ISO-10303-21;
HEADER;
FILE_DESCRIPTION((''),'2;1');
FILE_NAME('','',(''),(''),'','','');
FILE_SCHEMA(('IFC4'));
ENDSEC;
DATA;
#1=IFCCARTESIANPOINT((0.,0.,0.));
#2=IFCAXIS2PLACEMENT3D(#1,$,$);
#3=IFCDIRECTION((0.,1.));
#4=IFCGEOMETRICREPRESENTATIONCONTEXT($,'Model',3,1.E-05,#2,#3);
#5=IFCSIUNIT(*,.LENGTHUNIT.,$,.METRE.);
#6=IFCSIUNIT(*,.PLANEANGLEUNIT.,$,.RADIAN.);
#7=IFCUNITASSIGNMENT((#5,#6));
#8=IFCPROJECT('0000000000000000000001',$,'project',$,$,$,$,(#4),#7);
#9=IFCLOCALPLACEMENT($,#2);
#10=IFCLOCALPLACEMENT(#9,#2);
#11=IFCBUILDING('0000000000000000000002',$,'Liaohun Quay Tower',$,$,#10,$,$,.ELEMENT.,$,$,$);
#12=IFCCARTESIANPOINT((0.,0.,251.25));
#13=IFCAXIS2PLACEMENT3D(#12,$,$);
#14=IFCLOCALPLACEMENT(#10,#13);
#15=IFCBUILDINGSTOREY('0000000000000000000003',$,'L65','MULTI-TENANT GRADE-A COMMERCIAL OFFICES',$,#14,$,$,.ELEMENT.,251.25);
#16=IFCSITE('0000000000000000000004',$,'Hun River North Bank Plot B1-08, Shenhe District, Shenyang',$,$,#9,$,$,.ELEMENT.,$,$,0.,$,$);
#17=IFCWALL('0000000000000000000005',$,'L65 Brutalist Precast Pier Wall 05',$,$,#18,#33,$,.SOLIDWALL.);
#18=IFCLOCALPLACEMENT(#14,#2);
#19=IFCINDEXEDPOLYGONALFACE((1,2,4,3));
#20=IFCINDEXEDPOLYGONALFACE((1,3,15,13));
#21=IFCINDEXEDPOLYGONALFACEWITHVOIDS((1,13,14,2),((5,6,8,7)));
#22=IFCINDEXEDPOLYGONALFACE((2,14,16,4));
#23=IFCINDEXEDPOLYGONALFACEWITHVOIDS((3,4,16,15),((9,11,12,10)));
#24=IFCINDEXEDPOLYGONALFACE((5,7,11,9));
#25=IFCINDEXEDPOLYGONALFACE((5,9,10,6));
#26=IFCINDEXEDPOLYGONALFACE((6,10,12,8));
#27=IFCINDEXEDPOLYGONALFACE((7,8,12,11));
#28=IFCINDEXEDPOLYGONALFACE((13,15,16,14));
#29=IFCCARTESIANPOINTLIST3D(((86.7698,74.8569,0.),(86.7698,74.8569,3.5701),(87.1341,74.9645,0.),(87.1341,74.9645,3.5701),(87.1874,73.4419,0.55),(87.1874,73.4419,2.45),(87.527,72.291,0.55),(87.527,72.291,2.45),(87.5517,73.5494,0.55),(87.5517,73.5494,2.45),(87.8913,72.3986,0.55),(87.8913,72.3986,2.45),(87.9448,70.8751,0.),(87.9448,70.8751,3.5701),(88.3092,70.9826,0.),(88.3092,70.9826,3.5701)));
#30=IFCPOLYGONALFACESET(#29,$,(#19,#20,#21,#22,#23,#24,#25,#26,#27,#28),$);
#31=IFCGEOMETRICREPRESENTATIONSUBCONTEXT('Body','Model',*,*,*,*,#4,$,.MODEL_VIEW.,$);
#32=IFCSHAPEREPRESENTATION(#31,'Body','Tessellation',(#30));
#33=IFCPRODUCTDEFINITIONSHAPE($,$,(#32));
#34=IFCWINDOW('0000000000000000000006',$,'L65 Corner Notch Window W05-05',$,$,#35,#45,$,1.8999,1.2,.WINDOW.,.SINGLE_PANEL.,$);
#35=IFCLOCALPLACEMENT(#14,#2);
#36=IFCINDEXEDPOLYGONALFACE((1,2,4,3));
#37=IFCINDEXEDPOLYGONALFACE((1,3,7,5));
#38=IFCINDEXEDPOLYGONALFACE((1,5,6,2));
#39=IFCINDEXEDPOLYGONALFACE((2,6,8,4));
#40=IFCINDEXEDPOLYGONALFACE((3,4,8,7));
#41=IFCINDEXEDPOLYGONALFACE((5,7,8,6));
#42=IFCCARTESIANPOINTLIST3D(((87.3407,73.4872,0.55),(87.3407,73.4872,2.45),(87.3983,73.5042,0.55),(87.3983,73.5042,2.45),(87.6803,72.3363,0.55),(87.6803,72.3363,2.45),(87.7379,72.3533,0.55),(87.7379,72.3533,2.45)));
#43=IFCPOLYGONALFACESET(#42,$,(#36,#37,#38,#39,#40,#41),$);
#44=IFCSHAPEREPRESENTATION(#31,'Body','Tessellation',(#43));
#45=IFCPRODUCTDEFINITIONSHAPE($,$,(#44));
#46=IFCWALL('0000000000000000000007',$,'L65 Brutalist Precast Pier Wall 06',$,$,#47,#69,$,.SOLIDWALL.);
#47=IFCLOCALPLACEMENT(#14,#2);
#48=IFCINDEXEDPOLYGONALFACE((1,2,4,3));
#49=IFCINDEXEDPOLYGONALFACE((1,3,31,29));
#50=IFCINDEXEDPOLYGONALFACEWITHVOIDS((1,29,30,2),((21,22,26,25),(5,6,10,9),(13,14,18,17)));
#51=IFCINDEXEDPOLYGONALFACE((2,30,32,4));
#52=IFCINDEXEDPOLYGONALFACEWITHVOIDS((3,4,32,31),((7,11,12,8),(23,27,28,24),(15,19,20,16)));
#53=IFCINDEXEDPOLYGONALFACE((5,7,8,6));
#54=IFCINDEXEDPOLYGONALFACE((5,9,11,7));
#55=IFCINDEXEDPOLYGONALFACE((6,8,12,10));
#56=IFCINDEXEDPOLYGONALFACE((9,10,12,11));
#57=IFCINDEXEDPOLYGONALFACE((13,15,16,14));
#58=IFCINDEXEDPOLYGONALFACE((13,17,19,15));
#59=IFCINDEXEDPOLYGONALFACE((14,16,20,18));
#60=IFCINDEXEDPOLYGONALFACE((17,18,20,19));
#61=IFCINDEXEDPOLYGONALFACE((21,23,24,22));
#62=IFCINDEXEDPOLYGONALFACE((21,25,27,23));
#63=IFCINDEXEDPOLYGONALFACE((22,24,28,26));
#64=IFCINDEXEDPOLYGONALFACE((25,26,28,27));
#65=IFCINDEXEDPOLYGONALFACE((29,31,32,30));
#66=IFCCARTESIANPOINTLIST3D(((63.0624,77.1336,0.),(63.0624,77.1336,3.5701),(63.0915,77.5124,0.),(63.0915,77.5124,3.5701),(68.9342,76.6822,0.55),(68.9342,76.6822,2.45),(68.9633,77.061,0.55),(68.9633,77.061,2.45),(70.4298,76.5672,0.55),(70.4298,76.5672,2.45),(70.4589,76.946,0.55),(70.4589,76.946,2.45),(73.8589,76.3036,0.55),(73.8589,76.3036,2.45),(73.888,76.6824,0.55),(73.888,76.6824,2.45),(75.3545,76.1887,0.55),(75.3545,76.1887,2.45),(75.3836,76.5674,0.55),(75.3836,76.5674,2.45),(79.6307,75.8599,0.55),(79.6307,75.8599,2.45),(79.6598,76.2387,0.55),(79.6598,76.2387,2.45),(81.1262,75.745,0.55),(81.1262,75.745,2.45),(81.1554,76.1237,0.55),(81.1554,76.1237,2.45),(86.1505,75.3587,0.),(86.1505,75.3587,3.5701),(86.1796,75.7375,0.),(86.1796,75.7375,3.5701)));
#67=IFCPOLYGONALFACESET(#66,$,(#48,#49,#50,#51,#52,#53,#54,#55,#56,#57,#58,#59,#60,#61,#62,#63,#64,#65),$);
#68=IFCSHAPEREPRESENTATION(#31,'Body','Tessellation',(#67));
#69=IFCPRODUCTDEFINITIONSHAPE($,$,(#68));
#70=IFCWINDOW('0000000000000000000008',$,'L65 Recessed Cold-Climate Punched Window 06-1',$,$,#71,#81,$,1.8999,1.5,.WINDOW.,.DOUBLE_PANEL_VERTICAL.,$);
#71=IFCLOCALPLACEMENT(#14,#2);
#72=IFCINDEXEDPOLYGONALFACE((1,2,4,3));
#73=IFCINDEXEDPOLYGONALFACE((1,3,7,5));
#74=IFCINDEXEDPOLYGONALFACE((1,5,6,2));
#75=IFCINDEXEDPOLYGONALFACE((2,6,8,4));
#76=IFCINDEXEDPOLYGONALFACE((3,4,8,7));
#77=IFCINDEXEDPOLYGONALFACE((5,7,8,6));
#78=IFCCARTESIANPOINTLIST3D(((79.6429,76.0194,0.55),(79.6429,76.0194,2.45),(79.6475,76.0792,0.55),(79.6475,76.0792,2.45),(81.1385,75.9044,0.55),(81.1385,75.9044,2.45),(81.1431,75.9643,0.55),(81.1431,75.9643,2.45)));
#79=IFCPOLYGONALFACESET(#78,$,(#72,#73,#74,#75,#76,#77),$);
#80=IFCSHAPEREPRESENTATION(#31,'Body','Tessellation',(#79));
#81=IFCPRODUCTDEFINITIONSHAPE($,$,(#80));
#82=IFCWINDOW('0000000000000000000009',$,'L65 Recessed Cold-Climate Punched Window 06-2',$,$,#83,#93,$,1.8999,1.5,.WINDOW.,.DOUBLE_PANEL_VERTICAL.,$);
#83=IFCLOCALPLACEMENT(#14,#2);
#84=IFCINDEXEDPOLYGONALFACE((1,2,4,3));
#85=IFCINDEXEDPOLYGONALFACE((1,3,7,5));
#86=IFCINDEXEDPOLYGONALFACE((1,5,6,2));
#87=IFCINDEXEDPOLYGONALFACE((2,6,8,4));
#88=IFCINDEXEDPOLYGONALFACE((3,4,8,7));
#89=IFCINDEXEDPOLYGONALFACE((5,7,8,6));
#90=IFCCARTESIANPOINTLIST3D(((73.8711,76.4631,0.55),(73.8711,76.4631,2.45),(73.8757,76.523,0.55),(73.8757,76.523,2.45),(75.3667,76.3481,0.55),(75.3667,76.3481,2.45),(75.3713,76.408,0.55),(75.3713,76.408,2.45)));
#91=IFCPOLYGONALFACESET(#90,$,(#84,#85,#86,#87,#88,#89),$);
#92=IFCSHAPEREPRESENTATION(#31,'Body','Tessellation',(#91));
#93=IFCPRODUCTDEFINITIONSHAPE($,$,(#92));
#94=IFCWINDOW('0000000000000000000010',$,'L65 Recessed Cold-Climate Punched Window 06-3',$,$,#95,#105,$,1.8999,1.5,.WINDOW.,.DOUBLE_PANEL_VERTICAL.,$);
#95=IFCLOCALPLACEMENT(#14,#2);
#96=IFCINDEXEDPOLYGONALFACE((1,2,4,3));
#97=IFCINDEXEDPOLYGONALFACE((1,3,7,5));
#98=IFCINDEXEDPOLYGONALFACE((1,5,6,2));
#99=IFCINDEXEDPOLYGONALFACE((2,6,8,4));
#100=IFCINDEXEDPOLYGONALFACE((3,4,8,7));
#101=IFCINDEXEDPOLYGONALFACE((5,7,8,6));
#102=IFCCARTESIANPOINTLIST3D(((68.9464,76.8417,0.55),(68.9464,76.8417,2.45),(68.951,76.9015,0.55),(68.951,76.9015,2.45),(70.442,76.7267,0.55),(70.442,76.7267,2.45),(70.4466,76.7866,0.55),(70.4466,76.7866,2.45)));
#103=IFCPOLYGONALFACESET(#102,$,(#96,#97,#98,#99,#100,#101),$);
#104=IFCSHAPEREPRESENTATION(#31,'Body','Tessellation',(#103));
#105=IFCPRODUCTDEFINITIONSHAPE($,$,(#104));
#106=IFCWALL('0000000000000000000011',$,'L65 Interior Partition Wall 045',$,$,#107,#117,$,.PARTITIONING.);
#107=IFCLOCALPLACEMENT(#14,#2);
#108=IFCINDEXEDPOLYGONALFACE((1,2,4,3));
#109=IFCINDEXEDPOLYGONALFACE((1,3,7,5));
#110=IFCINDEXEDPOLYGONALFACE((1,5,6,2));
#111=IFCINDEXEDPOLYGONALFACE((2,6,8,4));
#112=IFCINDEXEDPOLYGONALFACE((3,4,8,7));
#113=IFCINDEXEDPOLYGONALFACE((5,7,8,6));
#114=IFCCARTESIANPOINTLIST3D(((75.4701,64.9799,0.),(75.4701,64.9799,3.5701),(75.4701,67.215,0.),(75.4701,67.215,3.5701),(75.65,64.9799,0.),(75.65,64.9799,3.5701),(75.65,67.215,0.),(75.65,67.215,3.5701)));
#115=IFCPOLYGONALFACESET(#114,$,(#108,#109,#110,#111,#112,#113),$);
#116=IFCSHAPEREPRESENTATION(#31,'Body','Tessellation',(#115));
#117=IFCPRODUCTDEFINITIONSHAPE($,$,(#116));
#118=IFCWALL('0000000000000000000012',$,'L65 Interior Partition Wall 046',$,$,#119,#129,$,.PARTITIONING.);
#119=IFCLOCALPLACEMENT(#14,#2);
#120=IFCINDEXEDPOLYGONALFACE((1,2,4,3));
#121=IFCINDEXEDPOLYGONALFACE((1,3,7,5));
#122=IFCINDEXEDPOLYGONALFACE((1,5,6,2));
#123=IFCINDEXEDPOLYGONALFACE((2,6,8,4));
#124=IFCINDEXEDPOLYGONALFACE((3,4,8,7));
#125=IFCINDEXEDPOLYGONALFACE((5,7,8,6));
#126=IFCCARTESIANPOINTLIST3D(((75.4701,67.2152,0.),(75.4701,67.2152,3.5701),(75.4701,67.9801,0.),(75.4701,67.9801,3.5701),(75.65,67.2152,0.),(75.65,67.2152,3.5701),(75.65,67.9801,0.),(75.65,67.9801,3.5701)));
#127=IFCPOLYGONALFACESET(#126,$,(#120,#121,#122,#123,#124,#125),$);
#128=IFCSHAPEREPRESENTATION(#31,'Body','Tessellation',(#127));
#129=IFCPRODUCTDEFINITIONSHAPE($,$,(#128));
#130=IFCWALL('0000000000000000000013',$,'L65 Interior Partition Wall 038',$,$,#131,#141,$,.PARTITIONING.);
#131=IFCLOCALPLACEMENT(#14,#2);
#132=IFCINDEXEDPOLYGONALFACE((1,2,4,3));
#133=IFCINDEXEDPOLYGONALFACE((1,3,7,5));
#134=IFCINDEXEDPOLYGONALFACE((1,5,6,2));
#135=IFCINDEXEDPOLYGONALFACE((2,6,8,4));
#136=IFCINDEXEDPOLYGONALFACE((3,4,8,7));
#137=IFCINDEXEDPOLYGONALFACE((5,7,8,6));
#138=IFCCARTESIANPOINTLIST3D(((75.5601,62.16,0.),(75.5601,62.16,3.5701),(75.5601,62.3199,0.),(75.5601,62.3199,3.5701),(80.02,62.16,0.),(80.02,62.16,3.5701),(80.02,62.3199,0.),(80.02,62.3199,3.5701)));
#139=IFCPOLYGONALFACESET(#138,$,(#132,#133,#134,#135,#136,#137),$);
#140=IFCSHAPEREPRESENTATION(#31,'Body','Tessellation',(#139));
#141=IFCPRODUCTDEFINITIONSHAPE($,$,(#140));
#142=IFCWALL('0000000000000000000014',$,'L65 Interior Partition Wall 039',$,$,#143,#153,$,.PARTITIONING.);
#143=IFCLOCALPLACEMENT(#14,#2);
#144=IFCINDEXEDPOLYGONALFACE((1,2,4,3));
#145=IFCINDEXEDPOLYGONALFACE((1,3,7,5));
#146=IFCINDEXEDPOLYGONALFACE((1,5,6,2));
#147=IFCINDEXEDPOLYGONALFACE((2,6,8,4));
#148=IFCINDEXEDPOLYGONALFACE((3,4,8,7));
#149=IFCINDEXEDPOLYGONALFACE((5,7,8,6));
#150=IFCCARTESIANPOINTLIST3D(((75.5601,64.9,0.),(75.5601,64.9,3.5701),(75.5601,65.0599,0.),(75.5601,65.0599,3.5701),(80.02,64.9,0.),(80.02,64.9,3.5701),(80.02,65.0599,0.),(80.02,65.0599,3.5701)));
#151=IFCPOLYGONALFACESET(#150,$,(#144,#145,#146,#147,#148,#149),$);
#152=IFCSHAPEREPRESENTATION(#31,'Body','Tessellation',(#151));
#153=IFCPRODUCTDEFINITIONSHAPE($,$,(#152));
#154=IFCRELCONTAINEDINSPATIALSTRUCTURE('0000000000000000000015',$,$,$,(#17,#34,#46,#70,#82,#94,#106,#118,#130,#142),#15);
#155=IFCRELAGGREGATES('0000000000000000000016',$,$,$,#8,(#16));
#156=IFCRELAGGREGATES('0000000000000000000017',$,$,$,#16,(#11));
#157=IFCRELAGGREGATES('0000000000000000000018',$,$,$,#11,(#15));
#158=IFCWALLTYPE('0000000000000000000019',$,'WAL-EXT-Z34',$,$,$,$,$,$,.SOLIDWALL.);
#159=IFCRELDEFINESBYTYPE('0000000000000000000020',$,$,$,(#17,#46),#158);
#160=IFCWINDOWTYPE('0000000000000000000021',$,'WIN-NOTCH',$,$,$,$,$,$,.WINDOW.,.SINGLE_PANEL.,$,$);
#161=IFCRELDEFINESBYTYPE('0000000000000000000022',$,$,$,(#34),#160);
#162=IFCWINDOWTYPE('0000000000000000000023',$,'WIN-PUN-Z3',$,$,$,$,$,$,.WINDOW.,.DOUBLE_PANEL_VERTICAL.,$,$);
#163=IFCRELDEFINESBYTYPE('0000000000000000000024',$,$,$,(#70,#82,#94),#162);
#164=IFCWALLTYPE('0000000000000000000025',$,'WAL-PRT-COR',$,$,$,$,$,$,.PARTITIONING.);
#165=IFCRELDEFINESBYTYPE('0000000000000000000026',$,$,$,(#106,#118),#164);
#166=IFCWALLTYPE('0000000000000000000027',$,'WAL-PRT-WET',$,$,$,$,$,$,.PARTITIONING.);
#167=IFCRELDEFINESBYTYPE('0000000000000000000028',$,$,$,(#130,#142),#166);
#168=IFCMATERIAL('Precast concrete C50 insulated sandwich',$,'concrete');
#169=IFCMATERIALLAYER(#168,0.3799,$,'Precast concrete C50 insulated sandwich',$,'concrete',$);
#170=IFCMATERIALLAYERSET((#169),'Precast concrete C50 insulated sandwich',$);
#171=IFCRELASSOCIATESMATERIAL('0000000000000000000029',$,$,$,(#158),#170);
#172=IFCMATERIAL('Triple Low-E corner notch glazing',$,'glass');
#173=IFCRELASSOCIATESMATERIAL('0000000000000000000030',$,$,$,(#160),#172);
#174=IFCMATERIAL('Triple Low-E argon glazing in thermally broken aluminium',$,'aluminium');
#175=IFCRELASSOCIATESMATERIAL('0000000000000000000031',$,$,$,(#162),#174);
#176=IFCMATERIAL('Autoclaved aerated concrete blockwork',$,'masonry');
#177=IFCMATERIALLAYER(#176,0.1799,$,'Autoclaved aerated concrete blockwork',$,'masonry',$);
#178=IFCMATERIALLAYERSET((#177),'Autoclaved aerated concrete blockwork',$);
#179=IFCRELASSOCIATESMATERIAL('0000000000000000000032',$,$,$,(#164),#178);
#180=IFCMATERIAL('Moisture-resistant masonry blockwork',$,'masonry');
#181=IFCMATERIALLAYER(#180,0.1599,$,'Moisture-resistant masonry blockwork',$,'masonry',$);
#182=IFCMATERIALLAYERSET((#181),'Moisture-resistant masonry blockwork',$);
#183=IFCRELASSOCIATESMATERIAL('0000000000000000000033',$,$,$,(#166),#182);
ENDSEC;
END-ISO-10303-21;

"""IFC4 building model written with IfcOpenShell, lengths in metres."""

from ifc_helpers import new_model, si_unit, direction, frame, frame_2d, origin, place, context, subcontext, project, spatial, rectangle, extrude, source, transform, mapped, material, layer, layer_set, type_object, element, fill, save


model = new_model("IFC4")

# Units and contexts
model_context = context("Model", 3, precision=1e-05, world=origin(), true_north=direction((0.0, 1.0)))
body_context = subcontext(model_context, "Body", "Model", "MODEL_VIEW")
ifc_project = project(units=[si_unit("LENGTHUNIT", "METRE"), si_unit("PLANEANGLEUNIT", "RADIAN")], contexts=[model_context])

# Site, building, storey
site_placement = place(None, origin())
site = spatial("IfcSite", under=ifc_project, at=site_placement, Name="Hun River North Bank Plot B1-08, Shenhe District, Shenyang", CompositionType="ELEMENT", RefElevation=0.0)
building_placement = place(site_placement, origin())
building = spatial("IfcBuilding", under=site, at=building_placement, Name="Liaohun Quay Tower", CompositionType="ELEMENT")
storey_placement = place(building_placement, frame((0.0, 0.0, 251.25)))
storey = spatial("IfcBuildingStorey", under=building, at=storey_placement, Name="L65", Description="MULTI-TENANT GRADE-A COMMERCIAL OFFICES", CompositionType="ELEMENT", Elevation=251.25)

# Wall, opening, window
ifc_material_1 = material(Name="Precast concrete C50 insulated sandwich", Category="concrete")
ifc_layer_1 = layer(ifc_material_1, 0.3799, Name="Precast concrete C50 insulated sandwich", Category="concrete")
ifc_layer_set_1 = layer_set([ifc_layer_1], Name="Precast concrete C50 insulated sandwich")
wall_type_1 = type_object("IfcWallType", Name="WAL-EXT-Z34", PredefinedType="SOLIDWALL", material=ifc_layer_set_1)
shared_shape_1 = source(origin(), body_context, "Body", "SweptSolid", [
    extrude(rectangle(XDim=1.2, YDim=1.8999, at=frame_2d((0.6001, 0.95))), frame((0.0, 0.2, 0.0), z_axis=(0.0, -1.0, 0.0), x_axis=(1.0, 0.0, 0.0)), (0.0, 0.0, 1.0), 0.3999),
])
ifc_material_2 = material(Name="Triple Low-E corner notch glazing", Category="glass")
window_type_1 = type_object("IfcWindowType", Name="WIN-NOTCH", PartitioningType="SINGLE_PANEL", PredefinedType="WINDOW", material=ifc_material_2)
shared_shape_2 = source(origin(), body_context, "Body", "SweptSolid", [
    extrude(rectangle(XDim=1.2, YDim=1.8999, at=frame_2d((0.6001, 0.95))), frame((0.0, 0.03, 0.0), z_axis=(0.0, -1.0, 0.0), x_axis=(1.0, 0.0, 0.0)), (0.0, 0.0, 1.0), 0.0601),
])
wall_1_placement = place(storey_placement, frame((88.127, 70.929, 0.0), z_axis=(0.0, 0.0, 1.0), x_axis=(-0.283029, 0.959111, 0.0)))
wall_1 = element("IfcWall", 1, at=wall_1_placement, inside=storey, type_object=wall_type_1, Name="L65 Brutalist Precast Pier Wall 05", PredefinedType="SOLIDWALL", context=body_context, shape_type="SweptSolid", body=[
    extrude(rectangle(XDim=4.1516, YDim=0.3799, at=frame_2d((2.0757, 0.0))), origin(), (0.0, 0.0, 1.0), 3.5701),
])
opening_1_placement = place(wall_1_placement, frame((1.4761, 0.0, 0.55)))
opening_1 = element("IfcOpeningElement", 2, at=opening_1_placement, cuts=wall_1, PredefinedType="OPENING", context=body_context, shape_type="MappedRepresentation", body=[
    mapped(shared_shape_1, transform((0.0, 0.0, 0.0), x_axis=(1.0, 0.0, 0.0), y_axis=(0.0, 1.0, 0.0), z_axis=(0.0, 0.0, 1.0), scale=1.0)),
])
window_1_placement = place(opening_1_placement, origin())
window_1 = element("IfcWindow", 3, at=window_1_placement, inside=storey, type_object=window_type_1, Name="L65 Corner Notch Window W05-05", OverallHeight=1.8999, OverallWidth=1.2, PartitioningType="SINGLE_PANEL", PredefinedType="WINDOW", context=body_context, shape_type="MappedRepresentation", body=[
    mapped(shared_shape_2, transform((0.0, 0.0, 0.0), x_axis=(1.0, 0.0, 0.0), y_axis=(0.0, 1.0, 0.0), z_axis=(0.0, 0.0, 1.0), scale=1.0)),
])
fill(opening_1, window_1)

# Wall, openings, windows
wall_2_placement = place(storey_placement, frame((86.165, 75.5481, 0.0), z_axis=(0.0, 0.0, 1.0), x_axis=(-0.997058, 0.076649, 0.0)))
wall_2 = element("IfcWall", 4, at=wall_2_placement, inside=storey, type_object=wall_type_1, Name="L65 Brutalist Precast Pier Wall 06", PredefinedType="SOLIDWALL", context=body_context, shape_type="SweptSolid", body=[
    extrude(rectangle(XDim=23.1562, YDim=0.3799, at=frame_2d((11.5781, 0.0))), origin(), (0.0, 0.0, 1.0), 3.5701),
])
shared_shape_3 = source(origin(), body_context, "Body", "SweptSolid", [
    extrude(rectangle(XDim=1.5, YDim=1.8999, at=frame_2d((0.75, 0.95))), frame((0.0, 0.2, 0.0), z_axis=(0.0, -1.0, 0.0), x_axis=(1.0, 0.0, 0.0)), (0.0, 0.0, 1.0), 0.3999),
])
opening_2_placement = place(wall_2_placement, frame((5.0391, 0.0, 0.55)))
opening_2 = element("IfcOpeningElement", 5, at=opening_2_placement, cuts=wall_2, PredefinedType="OPENING", context=body_context, shape_type="MappedRepresentation", body=[
    mapped(shared_shape_3, transform((0.0, 0.0, 0.0), x_axis=(1.0, 0.0, 0.0), y_axis=(0.0, 1.0, 0.0), z_axis=(0.0, 0.0, 1.0), scale=1.0)),
])
opening_3_placement = place(wall_2_placement, frame((10.8279, 0.0, 0.55)))
opening_3 = element("IfcOpeningElement", 6, at=opening_3_placement, cuts=wall_2, PredefinedType="OPENING", context=body_context, shape_type="MappedRepresentation", body=[
    mapped(shared_shape_3, transform((0.0, 0.0, 0.0), x_axis=(1.0, 0.0, 0.0), y_axis=(0.0, 1.0, 0.0), z_axis=(0.0, 0.0, 1.0), scale=1.0)),
])
opening_4_placement = place(wall_2_placement, frame((15.7671, 0.0, 0.55)))
opening_4 = element("IfcOpeningElement", 7, at=opening_4_placement, cuts=wall_2, PredefinedType="OPENING", context=body_context, shape_type="MappedRepresentation", body=[
    mapped(shared_shape_3, transform((0.0, 0.0, 0.0), x_axis=(1.0, 0.0, 0.0), y_axis=(0.0, 1.0, 0.0), z_axis=(0.0, 0.0, 1.0), scale=1.0)),
])
ifc_material_3 = material(Name="Triple Low-E argon glazing in thermally broken aluminium", Category="aluminium")
window_type_2 = type_object("IfcWindowType", Name="WIN-PUN-Z3", PartitioningType="DOUBLE_PANEL_VERTICAL", PredefinedType="WINDOW", material=ifc_material_3)
shared_shape_4 = source(origin(), body_context, "Body", "SweptSolid", [
    extrude(rectangle(XDim=1.5, YDim=1.8999, at=frame_2d((0.75, 0.95))), frame((0.0, 0.03, 0.0), z_axis=(0.0, -1.0, 0.0), x_axis=(1.0, 0.0, 0.0)), (0.0, 0.0, 1.0), 0.0601),
])
window_2_placement = place(opening_2_placement, origin())
window_2 = element("IfcWindow", 8, at=window_2_placement, inside=storey, type_object=window_type_2, Name="L65 Recessed Cold-Climate Punched Window 06-1", OverallHeight=1.8999, OverallWidth=1.5, PartitioningType="DOUBLE_PANEL_VERTICAL", PredefinedType="WINDOW", context=body_context, shape_type="MappedRepresentation", body=[
    mapped(shared_shape_4, transform((0.0, 0.0, 0.0), x_axis=(1.0, 0.0, 0.0), y_axis=(0.0, 1.0, 0.0), z_axis=(0.0, 0.0, 1.0), scale=1.0)),
])
fill(opening_2, window_2)
window_3_placement = place(opening_3_placement, origin())
window_3 = element("IfcWindow", 9, at=window_3_placement, inside=storey, type_object=window_type_2, Name="L65 Recessed Cold-Climate Punched Window 06-2", OverallHeight=1.8999, OverallWidth=1.5, PartitioningType="DOUBLE_PANEL_VERTICAL", PredefinedType="WINDOW", context=body_context, shape_type="MappedRepresentation", body=[
    mapped(shared_shape_4, transform((0.0, 0.0, 0.0), x_axis=(1.0, 0.0, 0.0), y_axis=(0.0, 1.0, 0.0), z_axis=(0.0, 0.0, 1.0), scale=1.0)),
])
fill(opening_3, window_3)
window_4_placement = place(opening_4_placement, origin())
window_4 = element("IfcWindow", 10, at=window_4_placement, inside=storey, type_object=window_type_2, Name="L65 Recessed Cold-Climate Punched Window 06-3", OverallHeight=1.8999, OverallWidth=1.5, PartitioningType="DOUBLE_PANEL_VERTICAL", PredefinedType="WINDOW", context=body_context, shape_type="MappedRepresentation", body=[
    mapped(shared_shape_4, transform((0.0, 0.0, 0.0), x_axis=(1.0, 0.0, 0.0), y_axis=(0.0, 1.0, 0.0), z_axis=(0.0, 0.0, 1.0), scale=1.0)),
])
fill(opening_4, window_4)

# Walls
ifc_material_4 = material(Name="Autoclaved aerated concrete blockwork", Category="masonry")
ifc_layer_2 = layer(ifc_material_4, 0.1799, Name="Autoclaved aerated concrete blockwork", Category="masonry")
ifc_layer_set_2 = layer_set([ifc_layer_2], Name="Autoclaved aerated concrete blockwork")
wall_type_2 = type_object("IfcWallType", Name="WAL-PRT-COR", PredefinedType="PARTITIONING", material=ifc_layer_set_2)
wall_3_placement = place(storey_placement, frame((75.5601, 67.2151, 0.0), z_axis=(0.0, 0.0, 1.0), x_axis=(0.0, -1.0, 0.0)))
element("IfcWall", 11, at=wall_3_placement, inside=storey, type_object=wall_type_2, Name="L65 Interior Partition Wall 045", PredefinedType="PARTITIONING", context=body_context, shape_type="SweptSolid", body=[
    extrude(rectangle(XDim=2.2351, YDim=0.1799, at=frame_2d((1.1177, 0.0))), origin(), (0.0, 0.0, 1.0), 3.5701),
])
wall_4_placement = place(storey_placement, frame((75.5601, 67.98, 0.0), z_axis=(0.0, 0.0, 1.0), x_axis=(0.0, -1.0, 0.0)))
element("IfcWall", 12, at=wall_4_placement, inside=storey, type_object=wall_type_2, Name="L65 Interior Partition Wall 046", PredefinedType="PARTITIONING", context=body_context, shape_type="SweptSolid", body=[
    extrude(rectangle(XDim=0.7649, YDim=0.1799, at=frame_2d((0.3823, 0.0))), origin(), (0.0, 0.0, 1.0), 3.5701),
])
ifc_material_5 = material(Name="Moisture-resistant masonry blockwork", Category="masonry")
ifc_layer_3 = layer(ifc_material_5, 0.1599, Name="Moisture-resistant masonry blockwork", Category="masonry")
ifc_layer_set_3 = layer_set([ifc_layer_3], Name="Moisture-resistant masonry blockwork")
wall_type_3 = type_object("IfcWallType", Name="WAL-PRT-WET", PredefinedType="PARTITIONING", material=ifc_layer_set_3)
for number, where, z_axis, x_axis, name in (
    (13, (75.5601, 62.24, 0.0), (0.0, 0.0, 1.0), (1.0, 0.0, 0.0), "L65 Interior Partition Wall 038"),
    (14, (75.5601, 64.98, 0.0), (0.0, 0.0, 1.0), (1.0, 0.0, 0.0), "L65 Interior Partition Wall 039"),
):
    element("IfcWall", number, at=place(storey_placement, frame(where, z_axis=z_axis, x_axis=x_axis)), inside=storey, type_object=wall_type_3, Name=name, PredefinedType="PARTITIONING", context=body_context, shape_type="SweptSolid", body=[
        extrude(rectangle(XDim=4.46, YDim=0.1599, at=frame_2d((2.23, 0.0))), origin(), (0.0, 0.0, 1.0), 3.5701),
    ])

save(model, "model.ifc")
